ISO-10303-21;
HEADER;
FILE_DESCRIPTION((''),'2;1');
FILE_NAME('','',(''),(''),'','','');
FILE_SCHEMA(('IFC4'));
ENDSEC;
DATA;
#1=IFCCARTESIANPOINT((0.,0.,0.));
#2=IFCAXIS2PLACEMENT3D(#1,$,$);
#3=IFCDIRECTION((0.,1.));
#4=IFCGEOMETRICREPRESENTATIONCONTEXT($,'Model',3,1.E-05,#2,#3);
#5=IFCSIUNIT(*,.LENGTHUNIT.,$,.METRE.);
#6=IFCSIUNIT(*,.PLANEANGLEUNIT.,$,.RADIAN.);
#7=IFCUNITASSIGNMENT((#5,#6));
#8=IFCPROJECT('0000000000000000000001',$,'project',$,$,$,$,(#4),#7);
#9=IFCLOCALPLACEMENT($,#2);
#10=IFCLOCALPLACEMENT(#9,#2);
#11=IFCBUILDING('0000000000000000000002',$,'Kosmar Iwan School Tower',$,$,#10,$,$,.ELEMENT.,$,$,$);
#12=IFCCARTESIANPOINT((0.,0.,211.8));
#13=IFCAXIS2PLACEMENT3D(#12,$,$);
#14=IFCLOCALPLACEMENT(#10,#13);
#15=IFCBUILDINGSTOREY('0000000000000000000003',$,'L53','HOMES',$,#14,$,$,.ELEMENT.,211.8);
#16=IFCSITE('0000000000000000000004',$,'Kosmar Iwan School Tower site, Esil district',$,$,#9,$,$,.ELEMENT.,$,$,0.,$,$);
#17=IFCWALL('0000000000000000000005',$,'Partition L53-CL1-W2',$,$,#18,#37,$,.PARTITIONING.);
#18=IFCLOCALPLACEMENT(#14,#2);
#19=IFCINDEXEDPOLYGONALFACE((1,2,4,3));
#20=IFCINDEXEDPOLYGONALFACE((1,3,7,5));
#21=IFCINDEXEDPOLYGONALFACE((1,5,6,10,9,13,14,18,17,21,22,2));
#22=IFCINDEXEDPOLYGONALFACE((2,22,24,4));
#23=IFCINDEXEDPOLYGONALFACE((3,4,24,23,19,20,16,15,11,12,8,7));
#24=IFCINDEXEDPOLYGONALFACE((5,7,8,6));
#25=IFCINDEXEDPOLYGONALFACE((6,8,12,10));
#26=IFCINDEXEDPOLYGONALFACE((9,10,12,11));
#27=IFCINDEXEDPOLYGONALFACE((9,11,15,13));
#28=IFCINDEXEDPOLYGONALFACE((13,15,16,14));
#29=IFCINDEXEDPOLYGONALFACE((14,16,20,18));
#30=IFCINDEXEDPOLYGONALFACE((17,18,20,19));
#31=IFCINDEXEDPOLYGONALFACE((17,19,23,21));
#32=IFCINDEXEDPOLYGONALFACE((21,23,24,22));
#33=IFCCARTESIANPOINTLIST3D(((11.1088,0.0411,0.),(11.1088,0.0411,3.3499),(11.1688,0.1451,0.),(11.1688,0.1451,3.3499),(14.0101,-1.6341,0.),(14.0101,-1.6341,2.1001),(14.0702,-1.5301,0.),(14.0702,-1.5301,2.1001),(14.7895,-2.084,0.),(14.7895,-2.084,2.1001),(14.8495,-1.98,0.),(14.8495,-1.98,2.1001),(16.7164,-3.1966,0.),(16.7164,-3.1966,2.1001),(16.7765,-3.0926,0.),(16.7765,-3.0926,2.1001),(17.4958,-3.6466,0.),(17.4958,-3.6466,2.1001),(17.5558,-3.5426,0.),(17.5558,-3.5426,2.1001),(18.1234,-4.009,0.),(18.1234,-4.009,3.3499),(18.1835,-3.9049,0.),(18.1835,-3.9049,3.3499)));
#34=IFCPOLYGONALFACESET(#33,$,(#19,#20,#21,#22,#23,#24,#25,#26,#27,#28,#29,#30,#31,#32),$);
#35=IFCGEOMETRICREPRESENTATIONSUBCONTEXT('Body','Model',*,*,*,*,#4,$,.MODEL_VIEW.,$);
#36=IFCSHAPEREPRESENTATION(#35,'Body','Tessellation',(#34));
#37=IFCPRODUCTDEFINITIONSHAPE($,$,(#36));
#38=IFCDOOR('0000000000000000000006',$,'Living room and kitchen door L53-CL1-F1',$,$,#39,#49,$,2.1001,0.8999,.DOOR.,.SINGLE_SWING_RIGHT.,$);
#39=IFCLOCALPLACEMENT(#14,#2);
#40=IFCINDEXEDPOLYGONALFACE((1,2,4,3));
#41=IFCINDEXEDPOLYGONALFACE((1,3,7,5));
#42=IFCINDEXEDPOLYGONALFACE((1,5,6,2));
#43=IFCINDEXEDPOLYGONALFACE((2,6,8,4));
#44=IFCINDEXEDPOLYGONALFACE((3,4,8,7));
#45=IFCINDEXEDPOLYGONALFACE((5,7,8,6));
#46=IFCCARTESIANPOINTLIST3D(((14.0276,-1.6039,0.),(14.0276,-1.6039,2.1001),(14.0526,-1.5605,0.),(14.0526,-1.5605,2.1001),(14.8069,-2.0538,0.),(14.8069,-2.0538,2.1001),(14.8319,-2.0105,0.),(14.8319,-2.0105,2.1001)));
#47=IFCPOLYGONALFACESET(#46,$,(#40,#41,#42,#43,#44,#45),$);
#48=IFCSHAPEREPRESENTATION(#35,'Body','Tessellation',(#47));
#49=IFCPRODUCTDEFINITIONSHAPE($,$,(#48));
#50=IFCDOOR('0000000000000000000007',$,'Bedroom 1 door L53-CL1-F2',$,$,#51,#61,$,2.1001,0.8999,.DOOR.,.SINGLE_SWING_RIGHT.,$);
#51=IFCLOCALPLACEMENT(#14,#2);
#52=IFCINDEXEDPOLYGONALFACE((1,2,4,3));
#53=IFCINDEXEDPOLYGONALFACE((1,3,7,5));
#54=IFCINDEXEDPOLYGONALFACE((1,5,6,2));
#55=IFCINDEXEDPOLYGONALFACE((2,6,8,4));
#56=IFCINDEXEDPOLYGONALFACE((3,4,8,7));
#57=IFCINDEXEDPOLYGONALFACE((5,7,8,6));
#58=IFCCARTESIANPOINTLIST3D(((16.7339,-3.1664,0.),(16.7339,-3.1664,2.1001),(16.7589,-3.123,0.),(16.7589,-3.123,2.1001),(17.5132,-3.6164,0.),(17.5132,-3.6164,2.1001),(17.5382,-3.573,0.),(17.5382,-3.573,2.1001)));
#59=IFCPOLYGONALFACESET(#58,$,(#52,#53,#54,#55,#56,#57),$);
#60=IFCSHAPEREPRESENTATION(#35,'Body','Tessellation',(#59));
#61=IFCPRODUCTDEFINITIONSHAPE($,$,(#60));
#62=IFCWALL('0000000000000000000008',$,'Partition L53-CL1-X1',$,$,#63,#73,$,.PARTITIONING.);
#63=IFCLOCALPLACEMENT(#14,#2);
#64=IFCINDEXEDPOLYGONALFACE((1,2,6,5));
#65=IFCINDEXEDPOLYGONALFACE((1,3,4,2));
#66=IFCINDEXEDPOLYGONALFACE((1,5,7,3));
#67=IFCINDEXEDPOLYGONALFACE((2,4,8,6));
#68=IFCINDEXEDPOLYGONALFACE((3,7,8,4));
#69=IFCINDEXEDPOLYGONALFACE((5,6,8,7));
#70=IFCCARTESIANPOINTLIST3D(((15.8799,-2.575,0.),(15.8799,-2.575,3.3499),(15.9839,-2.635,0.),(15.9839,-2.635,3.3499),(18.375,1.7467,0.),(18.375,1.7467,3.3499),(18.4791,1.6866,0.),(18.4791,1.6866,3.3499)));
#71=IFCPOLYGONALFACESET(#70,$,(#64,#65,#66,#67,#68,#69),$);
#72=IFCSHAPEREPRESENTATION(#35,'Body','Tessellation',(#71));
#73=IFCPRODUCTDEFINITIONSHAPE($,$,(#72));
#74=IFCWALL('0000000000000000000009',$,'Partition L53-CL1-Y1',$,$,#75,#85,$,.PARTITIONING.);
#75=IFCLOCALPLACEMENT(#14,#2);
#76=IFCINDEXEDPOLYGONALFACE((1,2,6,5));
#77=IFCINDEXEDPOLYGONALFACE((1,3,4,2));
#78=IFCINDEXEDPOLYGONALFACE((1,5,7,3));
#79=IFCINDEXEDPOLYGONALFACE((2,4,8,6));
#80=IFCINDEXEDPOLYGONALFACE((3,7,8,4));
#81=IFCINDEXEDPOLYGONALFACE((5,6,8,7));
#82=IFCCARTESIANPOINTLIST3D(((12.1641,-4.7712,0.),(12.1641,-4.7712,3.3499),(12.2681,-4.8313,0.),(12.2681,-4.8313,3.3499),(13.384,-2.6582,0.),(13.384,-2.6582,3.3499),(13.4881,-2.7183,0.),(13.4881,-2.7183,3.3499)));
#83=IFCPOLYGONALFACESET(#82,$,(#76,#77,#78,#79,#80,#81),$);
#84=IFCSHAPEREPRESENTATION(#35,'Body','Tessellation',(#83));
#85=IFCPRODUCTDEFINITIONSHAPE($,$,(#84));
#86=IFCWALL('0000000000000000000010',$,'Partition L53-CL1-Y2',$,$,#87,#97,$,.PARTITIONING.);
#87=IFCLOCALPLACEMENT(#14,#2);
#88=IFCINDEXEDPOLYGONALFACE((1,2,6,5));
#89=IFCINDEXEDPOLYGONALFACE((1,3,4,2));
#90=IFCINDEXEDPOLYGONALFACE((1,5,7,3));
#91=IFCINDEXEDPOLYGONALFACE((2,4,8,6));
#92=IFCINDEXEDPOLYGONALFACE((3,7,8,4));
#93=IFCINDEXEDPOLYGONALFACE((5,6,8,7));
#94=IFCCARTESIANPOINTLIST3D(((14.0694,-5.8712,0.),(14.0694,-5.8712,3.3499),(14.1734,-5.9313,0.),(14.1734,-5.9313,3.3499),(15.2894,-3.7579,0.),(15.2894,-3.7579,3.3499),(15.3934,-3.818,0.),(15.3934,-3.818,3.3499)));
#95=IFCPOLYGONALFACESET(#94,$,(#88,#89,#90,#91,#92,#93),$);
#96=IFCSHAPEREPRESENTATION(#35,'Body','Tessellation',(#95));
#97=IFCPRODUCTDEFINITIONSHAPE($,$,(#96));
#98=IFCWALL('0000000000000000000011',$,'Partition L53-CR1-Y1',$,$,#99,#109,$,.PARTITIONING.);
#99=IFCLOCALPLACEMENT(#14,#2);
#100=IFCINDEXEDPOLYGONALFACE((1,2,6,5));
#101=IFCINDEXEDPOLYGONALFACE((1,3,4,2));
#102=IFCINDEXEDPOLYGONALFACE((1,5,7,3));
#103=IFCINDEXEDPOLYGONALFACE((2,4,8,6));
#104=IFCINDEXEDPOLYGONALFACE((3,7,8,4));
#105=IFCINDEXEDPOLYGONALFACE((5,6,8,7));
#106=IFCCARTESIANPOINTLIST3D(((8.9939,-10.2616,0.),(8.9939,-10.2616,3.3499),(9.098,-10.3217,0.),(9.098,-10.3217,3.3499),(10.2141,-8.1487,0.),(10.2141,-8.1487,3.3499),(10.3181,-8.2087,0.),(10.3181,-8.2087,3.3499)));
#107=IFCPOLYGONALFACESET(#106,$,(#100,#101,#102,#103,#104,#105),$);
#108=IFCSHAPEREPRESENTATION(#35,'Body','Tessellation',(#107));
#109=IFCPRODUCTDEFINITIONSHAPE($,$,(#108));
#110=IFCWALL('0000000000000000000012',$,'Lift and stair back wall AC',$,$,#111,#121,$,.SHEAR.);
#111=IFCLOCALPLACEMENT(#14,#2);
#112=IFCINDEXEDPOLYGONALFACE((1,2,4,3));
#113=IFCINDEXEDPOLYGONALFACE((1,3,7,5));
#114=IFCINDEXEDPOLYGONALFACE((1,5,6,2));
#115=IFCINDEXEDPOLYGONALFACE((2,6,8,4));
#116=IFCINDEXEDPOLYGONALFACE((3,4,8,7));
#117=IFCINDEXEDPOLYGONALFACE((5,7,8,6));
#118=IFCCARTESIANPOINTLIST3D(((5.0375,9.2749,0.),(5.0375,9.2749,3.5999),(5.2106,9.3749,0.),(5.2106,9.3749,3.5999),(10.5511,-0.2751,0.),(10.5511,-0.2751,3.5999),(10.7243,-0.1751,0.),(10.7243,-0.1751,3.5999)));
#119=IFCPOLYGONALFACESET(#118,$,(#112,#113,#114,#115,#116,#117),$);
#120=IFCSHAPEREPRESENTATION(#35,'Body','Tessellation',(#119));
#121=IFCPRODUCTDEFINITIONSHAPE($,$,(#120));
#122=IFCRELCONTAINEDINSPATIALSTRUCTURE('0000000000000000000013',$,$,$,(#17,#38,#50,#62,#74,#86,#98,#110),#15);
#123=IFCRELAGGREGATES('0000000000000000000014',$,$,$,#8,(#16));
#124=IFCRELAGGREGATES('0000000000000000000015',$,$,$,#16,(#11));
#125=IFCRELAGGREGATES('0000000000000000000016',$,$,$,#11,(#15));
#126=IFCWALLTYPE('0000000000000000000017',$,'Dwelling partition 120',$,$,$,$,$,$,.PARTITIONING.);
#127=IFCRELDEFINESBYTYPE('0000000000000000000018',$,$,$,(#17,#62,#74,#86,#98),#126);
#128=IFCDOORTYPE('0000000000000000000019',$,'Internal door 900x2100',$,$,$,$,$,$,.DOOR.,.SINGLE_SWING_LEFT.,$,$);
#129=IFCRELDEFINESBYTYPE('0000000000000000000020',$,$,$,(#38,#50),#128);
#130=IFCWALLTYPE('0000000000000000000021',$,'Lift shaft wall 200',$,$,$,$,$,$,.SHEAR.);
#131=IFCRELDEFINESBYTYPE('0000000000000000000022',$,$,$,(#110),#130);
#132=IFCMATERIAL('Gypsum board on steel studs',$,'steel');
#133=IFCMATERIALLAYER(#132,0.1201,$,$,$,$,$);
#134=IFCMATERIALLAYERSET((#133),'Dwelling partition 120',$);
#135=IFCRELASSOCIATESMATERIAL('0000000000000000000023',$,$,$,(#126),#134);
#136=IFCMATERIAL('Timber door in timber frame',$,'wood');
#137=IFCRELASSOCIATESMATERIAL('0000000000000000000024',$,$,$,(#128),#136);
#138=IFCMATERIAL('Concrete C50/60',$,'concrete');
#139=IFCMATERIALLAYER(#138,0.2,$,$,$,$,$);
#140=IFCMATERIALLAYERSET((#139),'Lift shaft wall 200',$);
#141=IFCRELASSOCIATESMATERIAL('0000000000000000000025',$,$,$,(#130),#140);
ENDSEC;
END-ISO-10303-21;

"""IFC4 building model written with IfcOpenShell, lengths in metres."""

from ifc_helpers import new_model, si_unit, direction, frame, frame_2d, origin, place, context, subcontext, project, spatial, rectangle, extrude, material, layer, layer_set, type_object, element, fill, save


model = new_model("IFC4")

# Units and contexts
model_context = context("Model", 3, precision=1e-05, world=origin(), true_north=direction((0.0, 1.0)))
body_context = subcontext(model_context, "Body", "Model", "MODEL_VIEW")
ifc_project = project(units=[si_unit("LENGTHUNIT", "METRE"), si_unit("PLANEANGLEUNIT", "RADIAN")], contexts=[model_context])

# Site, building, storey
site_placement = place(None, origin())
site = spatial("IfcSite", under=ifc_project, at=site_placement, Name="Kosmar Iwan School Tower site, Esil district", CompositionType="ELEMENT", RefElevation=0.0)
building_placement = place(site_placement, origin())
building = spatial("IfcBuilding", under=site, at=building_placement, Name="Kosmar Iwan School Tower", CompositionType="ELEMENT")
storey_placement = place(building_placement, frame((0.0, 0.0, 211.8)))
storey = spatial("IfcBuildingStorey", under=building, at=storey_placement, Name="L53", Description="HOMES", CompositionType="ELEMENT", Elevation=211.8)

# Wall, openings, doors
ifc_material_1 = material(Name="Gypsum board on steel studs", Category="steel")
ifc_layer_1 = layer(ifc_material_1, 0.1201)
ifc_layer_set_1 = layer_set([ifc_layer_1], Name="Dwelling partition 120")
wall_type_1 = type_object("IfcWallType", Name="Dwelling partition 120", PredefinedType="PARTITIONING", material=ifc_layer_set_1)
ifc_material_2 = material(Name="Timber door in timber frame", Category="wood")
door_type_1 = type_object("IfcDoorType", Name="Internal door 900x2100", OperationType="SINGLE_SWING_LEFT", PredefinedType="DOOR", material=ifc_material_2)
wall_1_placement = place(storey_placement, frame((11.1389, 0.093, 0.0), z_axis=(0.0, 0.0, 1.0), x_axis=(0.866018, -0.500013, 0.0)))
wall_1 = element("IfcWall", 1, at=wall_1_placement, inside=storey, type_object=wall_type_1, Name="Partition L53-CL1-W2", PredefinedType="PARTITIONING", context=body_context, shape_type="SweptSolid", body=[
    extrude(rectangle(XDim=8.0999, YDim=0.1201, at=frame_2d((4.0498, 0.0))), origin(), (0.0, 0.0, 1.0), 3.3499),
])
opening_1_placement = place(wall_1_placement, frame((3.3501, 0.0, 0.0)))
opening_1 = element("IfcOpeningElement", 2, at=opening_1_placement, cuts=wall_1, PredefinedType="OPENING", context=body_context, shape_type="SweptSolid", body=[
    extrude(rectangle(XDim=0.8999, YDim=2.1001, at=frame_2d((0.45, 1.05))), frame((0.0, 0.072, 0.0), z_axis=(0.0, -1.0, 0.0), x_axis=(1.0, 0.0, 0.0)), (0.0, 0.0, 1.0), 0.144),
])
opening_2_placement = place(wall_1_placement, frame((6.4751, 0.0, 0.0)))
opening_2 = element("IfcOpeningElement", 3, at=opening_2_placement, cuts=wall_1, PredefinedType="OPENING", context=body_context, shape_type="SweptSolid", body=[
    extrude(rectangle(XDim=0.8999, YDim=2.1001, at=frame_2d((0.45, 1.05))), frame((0.0, 0.072, 0.0), z_axis=(0.0, -1.0, 0.0), x_axis=(1.0, 0.0, 0.0)), (0.0, 0.0, 1.0), 0.144),
])
door_1_placement = place(opening_1_placement, origin())
door_1 = element("IfcDoor", 4, at=door_1_placement, inside=storey, type_object=door_type_1, Name="Living room and kitchen door L53-CL1-F1", OperationType="SINGLE_SWING_RIGHT", OverallHeight=2.1001, OverallWidth=0.8999, PredefinedType="DOOR", context=body_context, shape_type="SweptSolid", body=[
    extrude(rectangle(XDim=0.8999, YDim=2.1001, at=frame_2d((0.45, 1.05))), frame((0.0, 0.0249, 0.0), z_axis=(0.0, -1.0, 0.0), x_axis=(1.0, 0.0, 0.0)), (0.0, 0.0, 1.0), 0.05),
])
fill(opening_1, door_1)
door_2_placement = place(opening_2_placement, origin())
door_2 = element("IfcDoor", 5, at=door_2_placement, inside=storey, type_object=door_type_1, Name="Bedroom 1 door L53-CL1-F2", OperationType="SINGLE_SWING_RIGHT", OverallHeight=2.1001, OverallWidth=0.8999, PredefinedType="DOOR", context=body_context, shape_type="SweptSolid", body=[
    extrude(rectangle(XDim=0.8999, YDim=2.1001, at=frame_2d((0.45, 1.05))), frame((0.0, 0.0249, 0.0), z_axis=(0.0, -1.0, 0.0), x_axis=(1.0, 0.0, 0.0)), (0.0, 0.0, 1.0), 0.05),
])
fill(opening_2, door_2)

# Walls
wall_2_placement = place(storey_placement, frame((15.9319, -2.605, 0.0), z_axis=(0.0, 0.0, 1.0), x_axis=(0.500012, 0.866019, 0.0)))
element("IfcWall", 6, at=wall_2_placement, inside=storey, type_object=wall_type_1, Name="Partition L53-CL1-X1", PredefinedType="PARTITIONING", context=body_context, shape_type="SweptSolid", body=[
    extrude(rectangle(XDim=4.9902, YDim=0.1201, at=frame_2d((2.4951, 0.0))), origin(), (0.0, 0.0, 1.0), 3.3499),
])
wall_3_placement = place(storey_placement, frame((12.2161, -4.8013, 0.0), z_axis=(0.0, 0.0, 1.0), x_axis=(0.500003, 0.866024, 0.0)))
element("IfcWall", 7, at=wall_3_placement, inside=storey, type_object=wall_type_1, Name="Partition L53-CL1-Y1", PredefinedType="PARTITIONING", context=body_context, shape_type="SweptSolid", body=[
    extrude(rectangle(XDim=2.4399, YDim=0.1201, at=frame_2d((1.22, 0.0))), origin(), (0.0, 0.0, 1.0), 3.3499),
])
wall_4_placement = place(storey_placement, frame((14.1213, -5.9014, 0.0), z_axis=(0.0, 0.0, 1.0), x_axis=(0.499959, 0.866049, 0.0)))
element("IfcWall", 8, at=wall_4_placement, inside=storey, type_object=wall_type_1, Name="Partition L53-CL1-Y2", PredefinedType="PARTITIONING", context=body_context, shape_type="SweptSolid", body=[
    extrude(rectangle(XDim=2.4402, YDim=0.1201, at=frame_2d((1.2202, 0.0))), origin(), (0.0, 0.0, 1.0), 3.3499),
])
wall_5_placement = place(storey_placement, frame((10.2661, -8.1787, 0.0), z_axis=(0.0, 0.0, 1.0), x_axis=(-0.500078, -0.865981, 0.0)))
element("IfcWall", 9, at=wall_5_placement, inside=storey, type_object=wall_type_1, Name="Partition L53-CR1-Y1", PredefinedType="PARTITIONING", context=body_context, shape_type="SweptSolid", body=[
    extrude(rectangle(XDim=2.4399, YDim=0.1201, at=frame_2d((1.22, 0.0))), origin(), (0.0, 0.0, 1.0), 3.3499),
])
ifc_material_3 = material(Name="Concrete C50/60", Category="concrete")
ifc_layer_2 = layer(ifc_material_3, 0.2)
ifc_layer_set_2 = layer_set([ifc_layer_2], Name="Lift shaft wall 200")
wall_type_2 = type_object("IfcWallType", Name="Lift shaft wall 200", PredefinedType="SHEAR", material=ifc_layer_set_2)
wall_6_placement = place(storey_placement, frame((10.6377, -0.2251, 0.0), z_axis=(0.0, 0.0, 1.0), x_axis=(-0.499997, 0.866027, 0.0)))
element("IfcWall", 10, at=wall_6_placement, inside=storey, type_object=wall_type_2, Name="Lift and stair back wall AC", PredefinedType="SHEAR", context=body_context, shape_type="SweptSolid", body=[
    extrude(rectangle(XDim=11.0273, YDim=0.2, at=frame_2d((5.5137, 0.0))), origin(), (0.0, 0.0, 1.0), 3.5999),
])

save(model, "model.ifc")
